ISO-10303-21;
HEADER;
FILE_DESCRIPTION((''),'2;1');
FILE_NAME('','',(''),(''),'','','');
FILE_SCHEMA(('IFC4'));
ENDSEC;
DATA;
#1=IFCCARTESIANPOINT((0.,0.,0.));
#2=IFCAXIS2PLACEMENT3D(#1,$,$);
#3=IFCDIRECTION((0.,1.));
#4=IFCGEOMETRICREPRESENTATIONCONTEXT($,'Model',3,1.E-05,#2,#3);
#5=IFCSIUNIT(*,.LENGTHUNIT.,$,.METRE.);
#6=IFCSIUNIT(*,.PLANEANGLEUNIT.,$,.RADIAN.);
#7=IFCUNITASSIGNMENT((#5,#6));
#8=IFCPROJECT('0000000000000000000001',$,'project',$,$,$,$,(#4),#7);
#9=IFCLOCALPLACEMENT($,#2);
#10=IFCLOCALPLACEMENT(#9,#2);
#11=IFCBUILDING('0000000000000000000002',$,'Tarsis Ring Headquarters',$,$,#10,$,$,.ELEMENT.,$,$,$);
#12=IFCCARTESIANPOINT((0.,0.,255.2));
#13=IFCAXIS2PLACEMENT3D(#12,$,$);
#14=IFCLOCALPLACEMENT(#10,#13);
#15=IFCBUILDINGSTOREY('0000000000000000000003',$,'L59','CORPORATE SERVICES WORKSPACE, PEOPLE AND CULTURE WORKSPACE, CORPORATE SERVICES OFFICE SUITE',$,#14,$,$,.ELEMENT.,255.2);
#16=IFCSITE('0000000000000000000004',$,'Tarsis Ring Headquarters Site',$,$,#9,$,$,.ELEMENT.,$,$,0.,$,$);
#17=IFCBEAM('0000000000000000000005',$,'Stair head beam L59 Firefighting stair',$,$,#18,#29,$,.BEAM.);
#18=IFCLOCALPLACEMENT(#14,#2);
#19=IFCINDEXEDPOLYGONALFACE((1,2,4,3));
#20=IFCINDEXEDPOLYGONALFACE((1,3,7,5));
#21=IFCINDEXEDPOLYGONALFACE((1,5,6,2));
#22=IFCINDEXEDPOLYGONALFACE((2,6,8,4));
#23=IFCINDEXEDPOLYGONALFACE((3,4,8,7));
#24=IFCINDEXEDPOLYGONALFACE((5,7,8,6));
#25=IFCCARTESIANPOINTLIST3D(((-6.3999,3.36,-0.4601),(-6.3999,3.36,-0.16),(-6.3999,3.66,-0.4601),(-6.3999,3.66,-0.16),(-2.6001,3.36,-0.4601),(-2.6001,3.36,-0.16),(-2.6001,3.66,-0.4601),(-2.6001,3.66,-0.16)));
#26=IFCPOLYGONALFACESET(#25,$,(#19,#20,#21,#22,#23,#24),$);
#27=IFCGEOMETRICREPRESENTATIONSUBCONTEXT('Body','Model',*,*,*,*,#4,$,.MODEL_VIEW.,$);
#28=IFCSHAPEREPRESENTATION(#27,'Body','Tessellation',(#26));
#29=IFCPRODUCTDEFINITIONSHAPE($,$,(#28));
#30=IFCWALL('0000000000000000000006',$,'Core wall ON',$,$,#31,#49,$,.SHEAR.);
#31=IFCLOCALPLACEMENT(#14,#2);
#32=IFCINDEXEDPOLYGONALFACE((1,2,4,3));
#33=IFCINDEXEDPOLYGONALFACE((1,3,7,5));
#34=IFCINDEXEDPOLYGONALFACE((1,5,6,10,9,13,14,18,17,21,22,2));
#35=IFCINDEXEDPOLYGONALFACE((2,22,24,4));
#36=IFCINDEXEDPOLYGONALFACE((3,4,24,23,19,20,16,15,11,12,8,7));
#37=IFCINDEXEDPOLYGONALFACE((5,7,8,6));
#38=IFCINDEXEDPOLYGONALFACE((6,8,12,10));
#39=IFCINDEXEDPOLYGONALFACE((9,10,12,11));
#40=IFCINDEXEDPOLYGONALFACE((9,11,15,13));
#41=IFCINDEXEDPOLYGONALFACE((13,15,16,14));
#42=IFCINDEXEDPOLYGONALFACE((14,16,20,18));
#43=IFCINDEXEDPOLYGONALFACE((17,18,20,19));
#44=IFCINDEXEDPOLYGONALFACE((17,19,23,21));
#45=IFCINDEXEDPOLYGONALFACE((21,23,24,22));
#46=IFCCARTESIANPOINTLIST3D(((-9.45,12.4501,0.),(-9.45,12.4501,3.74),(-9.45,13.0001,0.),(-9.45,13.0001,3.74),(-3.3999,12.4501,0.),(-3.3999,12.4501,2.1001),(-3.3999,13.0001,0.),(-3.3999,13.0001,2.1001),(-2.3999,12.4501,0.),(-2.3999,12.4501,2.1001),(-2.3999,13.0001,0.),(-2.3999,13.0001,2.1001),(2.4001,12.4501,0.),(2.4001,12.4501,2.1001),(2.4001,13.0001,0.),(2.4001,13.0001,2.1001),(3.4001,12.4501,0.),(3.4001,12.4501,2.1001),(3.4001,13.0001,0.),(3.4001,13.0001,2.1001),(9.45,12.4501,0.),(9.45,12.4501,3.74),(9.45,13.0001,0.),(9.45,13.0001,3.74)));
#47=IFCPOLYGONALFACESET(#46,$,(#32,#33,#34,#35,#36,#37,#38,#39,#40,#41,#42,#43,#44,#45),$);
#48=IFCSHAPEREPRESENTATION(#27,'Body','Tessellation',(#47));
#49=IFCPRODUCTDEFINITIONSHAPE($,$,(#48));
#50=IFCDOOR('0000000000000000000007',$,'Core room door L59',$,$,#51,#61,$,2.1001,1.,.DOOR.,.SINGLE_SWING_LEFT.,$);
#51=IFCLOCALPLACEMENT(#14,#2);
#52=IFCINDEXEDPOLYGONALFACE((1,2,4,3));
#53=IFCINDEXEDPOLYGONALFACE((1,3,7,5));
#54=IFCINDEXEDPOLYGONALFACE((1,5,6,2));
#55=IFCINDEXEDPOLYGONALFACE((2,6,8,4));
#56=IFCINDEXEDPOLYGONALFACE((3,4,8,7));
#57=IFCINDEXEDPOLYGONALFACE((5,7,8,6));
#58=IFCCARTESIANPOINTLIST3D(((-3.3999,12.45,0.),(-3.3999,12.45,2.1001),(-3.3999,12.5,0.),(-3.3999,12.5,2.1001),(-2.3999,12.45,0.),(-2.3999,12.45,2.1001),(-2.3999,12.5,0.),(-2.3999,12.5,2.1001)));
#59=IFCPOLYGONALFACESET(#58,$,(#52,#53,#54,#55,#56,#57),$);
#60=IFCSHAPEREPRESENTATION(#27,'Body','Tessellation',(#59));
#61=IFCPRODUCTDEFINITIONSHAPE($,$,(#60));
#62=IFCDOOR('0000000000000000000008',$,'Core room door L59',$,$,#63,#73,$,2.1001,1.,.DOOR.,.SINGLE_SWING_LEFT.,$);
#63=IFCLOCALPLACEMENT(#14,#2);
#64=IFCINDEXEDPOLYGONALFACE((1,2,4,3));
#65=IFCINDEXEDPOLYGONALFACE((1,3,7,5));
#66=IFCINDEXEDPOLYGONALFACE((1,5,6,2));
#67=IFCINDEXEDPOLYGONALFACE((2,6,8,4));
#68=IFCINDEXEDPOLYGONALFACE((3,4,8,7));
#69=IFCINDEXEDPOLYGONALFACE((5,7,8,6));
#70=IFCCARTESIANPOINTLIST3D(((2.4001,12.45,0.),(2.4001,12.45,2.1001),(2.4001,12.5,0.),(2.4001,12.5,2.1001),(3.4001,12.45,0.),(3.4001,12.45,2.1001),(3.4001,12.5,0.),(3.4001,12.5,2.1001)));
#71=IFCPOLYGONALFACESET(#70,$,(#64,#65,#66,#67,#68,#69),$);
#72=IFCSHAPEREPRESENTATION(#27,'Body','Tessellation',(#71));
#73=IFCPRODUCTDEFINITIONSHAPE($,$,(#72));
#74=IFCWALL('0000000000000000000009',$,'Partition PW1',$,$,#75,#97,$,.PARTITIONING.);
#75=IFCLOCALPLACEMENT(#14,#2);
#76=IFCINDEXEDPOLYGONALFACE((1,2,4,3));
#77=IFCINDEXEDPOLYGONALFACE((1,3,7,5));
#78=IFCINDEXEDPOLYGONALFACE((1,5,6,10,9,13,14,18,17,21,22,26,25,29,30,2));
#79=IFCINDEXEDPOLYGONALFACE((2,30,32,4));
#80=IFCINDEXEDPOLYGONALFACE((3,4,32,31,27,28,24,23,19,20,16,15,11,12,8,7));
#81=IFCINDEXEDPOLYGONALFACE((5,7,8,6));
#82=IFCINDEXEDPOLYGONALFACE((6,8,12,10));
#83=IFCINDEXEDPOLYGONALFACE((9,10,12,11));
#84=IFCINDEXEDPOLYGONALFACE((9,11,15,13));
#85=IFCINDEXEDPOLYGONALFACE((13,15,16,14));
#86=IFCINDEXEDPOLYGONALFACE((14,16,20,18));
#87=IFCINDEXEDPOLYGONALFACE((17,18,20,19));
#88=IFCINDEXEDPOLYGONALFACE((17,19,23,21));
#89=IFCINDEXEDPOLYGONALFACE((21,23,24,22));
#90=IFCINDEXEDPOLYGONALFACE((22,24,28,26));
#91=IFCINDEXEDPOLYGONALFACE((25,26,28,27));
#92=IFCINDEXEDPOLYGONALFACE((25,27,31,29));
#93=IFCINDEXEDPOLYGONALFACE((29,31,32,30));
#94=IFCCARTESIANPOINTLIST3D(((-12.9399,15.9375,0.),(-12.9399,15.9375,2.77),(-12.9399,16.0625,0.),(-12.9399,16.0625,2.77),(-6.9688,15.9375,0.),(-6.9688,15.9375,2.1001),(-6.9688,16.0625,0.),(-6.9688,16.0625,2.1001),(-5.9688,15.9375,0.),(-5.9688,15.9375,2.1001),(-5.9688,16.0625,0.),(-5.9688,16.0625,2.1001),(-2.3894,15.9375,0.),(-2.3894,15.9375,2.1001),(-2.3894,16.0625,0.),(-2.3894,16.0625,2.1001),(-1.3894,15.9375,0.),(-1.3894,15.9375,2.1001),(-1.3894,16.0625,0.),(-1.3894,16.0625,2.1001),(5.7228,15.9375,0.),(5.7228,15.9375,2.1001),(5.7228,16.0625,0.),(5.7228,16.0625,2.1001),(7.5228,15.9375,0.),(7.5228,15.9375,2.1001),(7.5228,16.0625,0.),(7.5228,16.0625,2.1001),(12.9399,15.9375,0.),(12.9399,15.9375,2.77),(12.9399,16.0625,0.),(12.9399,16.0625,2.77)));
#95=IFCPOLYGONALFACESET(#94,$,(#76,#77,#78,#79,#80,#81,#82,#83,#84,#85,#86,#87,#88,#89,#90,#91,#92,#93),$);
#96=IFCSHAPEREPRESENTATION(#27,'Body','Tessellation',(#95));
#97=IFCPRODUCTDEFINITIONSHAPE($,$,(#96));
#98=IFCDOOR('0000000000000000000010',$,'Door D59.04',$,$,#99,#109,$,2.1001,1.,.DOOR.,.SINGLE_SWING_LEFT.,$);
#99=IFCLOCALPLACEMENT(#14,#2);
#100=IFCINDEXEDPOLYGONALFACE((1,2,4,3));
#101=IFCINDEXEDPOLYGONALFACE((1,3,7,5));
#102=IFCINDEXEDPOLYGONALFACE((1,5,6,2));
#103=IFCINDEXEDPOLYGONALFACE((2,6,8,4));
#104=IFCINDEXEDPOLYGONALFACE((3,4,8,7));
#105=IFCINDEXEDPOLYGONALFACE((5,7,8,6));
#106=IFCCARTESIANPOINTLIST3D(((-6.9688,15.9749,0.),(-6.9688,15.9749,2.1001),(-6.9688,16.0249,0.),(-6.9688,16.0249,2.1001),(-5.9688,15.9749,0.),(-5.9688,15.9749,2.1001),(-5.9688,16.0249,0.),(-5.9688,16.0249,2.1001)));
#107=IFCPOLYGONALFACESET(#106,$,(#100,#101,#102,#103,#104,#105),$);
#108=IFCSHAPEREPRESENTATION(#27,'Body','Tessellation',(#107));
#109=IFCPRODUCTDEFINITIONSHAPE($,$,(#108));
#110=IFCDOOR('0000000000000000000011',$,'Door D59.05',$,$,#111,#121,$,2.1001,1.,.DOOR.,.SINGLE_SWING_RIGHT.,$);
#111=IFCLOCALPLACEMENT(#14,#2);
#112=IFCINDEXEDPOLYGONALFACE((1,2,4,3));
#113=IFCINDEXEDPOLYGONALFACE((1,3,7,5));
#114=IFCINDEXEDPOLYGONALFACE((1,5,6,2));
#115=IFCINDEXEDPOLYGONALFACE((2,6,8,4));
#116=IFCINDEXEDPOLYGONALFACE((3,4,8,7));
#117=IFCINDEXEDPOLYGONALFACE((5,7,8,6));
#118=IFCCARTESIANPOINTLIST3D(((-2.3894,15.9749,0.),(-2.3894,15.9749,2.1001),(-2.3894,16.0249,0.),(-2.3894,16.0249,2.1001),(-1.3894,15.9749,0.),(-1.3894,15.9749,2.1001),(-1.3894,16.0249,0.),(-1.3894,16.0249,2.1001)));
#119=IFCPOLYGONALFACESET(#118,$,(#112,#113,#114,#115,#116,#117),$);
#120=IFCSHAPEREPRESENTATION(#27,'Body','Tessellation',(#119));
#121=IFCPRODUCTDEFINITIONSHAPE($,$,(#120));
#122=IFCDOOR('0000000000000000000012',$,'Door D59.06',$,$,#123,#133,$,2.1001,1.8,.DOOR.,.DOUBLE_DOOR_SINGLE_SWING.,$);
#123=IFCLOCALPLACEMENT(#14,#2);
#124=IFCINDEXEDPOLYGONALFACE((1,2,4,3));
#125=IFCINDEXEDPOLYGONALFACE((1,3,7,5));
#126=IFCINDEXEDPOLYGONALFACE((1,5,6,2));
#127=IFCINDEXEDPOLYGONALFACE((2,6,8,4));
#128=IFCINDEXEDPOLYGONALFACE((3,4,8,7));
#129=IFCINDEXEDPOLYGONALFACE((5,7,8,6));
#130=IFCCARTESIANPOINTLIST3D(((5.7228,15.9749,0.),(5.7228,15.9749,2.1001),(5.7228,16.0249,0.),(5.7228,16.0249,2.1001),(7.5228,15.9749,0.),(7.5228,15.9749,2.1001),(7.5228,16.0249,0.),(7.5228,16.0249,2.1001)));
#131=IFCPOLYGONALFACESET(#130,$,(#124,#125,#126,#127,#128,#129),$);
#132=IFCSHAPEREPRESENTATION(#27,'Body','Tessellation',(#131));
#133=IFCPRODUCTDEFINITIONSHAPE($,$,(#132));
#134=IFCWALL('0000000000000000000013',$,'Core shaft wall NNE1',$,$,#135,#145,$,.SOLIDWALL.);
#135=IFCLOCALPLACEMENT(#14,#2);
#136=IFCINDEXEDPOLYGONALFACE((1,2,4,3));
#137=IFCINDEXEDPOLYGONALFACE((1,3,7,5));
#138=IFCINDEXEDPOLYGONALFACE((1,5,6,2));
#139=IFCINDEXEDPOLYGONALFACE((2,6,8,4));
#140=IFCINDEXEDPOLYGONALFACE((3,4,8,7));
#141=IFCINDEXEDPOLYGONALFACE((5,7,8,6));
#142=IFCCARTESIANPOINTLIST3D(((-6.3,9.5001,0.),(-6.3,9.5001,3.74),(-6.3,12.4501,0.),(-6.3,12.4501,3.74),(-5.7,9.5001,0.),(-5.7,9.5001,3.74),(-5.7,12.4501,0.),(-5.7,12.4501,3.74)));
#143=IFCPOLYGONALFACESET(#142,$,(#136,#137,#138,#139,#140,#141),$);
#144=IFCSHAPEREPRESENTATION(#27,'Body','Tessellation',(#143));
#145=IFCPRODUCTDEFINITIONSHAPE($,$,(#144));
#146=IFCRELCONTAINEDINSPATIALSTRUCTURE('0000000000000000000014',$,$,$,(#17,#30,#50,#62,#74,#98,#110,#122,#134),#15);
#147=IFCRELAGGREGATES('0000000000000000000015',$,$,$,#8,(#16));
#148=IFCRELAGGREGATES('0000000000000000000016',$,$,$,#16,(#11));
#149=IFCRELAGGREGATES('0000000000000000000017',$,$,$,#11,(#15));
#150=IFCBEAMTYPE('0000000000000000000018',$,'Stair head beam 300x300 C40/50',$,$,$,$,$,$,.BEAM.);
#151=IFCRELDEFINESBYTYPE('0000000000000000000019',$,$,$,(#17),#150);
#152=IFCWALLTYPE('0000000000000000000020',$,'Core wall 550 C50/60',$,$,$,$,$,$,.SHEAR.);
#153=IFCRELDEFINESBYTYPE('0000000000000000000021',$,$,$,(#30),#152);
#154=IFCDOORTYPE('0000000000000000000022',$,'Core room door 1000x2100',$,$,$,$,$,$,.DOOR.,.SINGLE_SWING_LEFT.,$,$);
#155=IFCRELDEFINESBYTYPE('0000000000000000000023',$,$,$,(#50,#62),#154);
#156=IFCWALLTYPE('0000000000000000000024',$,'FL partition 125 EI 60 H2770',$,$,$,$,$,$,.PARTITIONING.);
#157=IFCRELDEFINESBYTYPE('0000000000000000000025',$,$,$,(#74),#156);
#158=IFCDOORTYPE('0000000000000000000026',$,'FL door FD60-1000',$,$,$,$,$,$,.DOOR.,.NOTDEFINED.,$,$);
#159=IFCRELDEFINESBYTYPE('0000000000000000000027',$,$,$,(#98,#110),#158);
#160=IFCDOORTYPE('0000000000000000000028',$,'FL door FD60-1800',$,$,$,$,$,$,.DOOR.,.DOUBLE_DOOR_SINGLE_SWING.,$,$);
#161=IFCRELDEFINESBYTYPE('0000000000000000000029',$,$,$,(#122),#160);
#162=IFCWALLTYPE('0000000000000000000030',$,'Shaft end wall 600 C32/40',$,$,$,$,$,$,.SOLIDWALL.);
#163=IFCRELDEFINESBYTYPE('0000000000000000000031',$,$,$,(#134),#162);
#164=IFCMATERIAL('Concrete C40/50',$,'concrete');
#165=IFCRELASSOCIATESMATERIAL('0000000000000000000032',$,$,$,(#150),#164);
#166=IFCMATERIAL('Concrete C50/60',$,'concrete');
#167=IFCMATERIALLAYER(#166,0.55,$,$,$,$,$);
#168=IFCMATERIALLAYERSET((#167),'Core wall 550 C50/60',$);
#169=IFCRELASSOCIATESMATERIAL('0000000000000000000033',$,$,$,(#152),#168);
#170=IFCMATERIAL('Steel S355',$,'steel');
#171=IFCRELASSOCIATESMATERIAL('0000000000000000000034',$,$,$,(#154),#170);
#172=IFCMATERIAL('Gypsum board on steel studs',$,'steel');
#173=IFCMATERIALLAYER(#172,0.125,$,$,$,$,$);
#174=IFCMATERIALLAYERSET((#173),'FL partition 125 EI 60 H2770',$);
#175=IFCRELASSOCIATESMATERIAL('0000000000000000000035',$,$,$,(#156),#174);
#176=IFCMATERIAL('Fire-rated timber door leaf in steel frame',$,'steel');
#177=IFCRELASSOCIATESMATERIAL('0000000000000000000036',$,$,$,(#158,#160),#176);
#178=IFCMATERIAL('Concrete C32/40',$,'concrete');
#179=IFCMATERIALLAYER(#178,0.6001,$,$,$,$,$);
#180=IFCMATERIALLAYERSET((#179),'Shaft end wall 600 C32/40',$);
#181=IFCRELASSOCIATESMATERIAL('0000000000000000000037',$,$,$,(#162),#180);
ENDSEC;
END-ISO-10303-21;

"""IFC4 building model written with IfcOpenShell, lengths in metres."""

from ifc_helpers import new_model, si_unit, direction, frame, frame_2d, origin, origin_2d, place, context, subcontext, project, spatial, rectangle, extrude, material, layer, layer_set, material_profile, profile_set, type_object, element, fill, save


model = new_model("IFC4")

# Units and contexts
model_context = context("Model", 3, precision=1e-05, world=origin(), true_north=direction((0.0, 1.0)))
body_context = subcontext(model_context, "Body", "Model", "MODEL_VIEW")
ifc_project = project(units=[si_unit("LENGTHUNIT", "METRE"), si_unit("PLANEANGLEUNIT", "RADIAN")], contexts=[model_context])

# Site, building, storey
site_placement = place(None, origin())
site = spatial("IfcSite", under=ifc_project, at=site_placement, Name="Tarsis Ring Headquarters Site", CompositionType="ELEMENT", RefElevation=0.0)
building_placement = place(site_placement, origin())
building = spatial("IfcBuilding", under=site, at=building_placement, Name="Tarsis Ring Headquarters", CompositionType="ELEMENT")
storey_placement = place(building_placement, frame((0.0, 0.0, 255.2)))
storey = spatial("IfcBuildingStorey", under=building, at=storey_placement, Name="L59", Description="CORPORATE SERVICES WORKSPACE, PEOPLE AND CULTURE WORKSPACE, CORPORATE SERVICES OFFICE SUITE", CompositionType="ELEMENT", Elevation=255.2)

# Beam
ifc_material_1 = material(Name="Concrete C40/50", Category="concrete")
ifc_material_profile = material_profile(ifc_material_1, rectangle(XDim=0.3, YDim=0.3, at=origin_2d()), Name="Stair head beam 300x300 C40/50")
ifc_profile_set = profile_set([ifc_material_profile], Name="Concrete C40/50")
beam_type = type_object("IfcBeamType", Name="Stair head beam 300x300 C40/50", PredefinedType="BEAM", material=ifc_profile_set)
beam_placement = place(storey_placement, frame((-6.3999, 3.51, -0.3101), z_axis=(1.0, 0.0, 0.0), x_axis=(0.0, 1.0, 0.0)))
element("IfcBeam", 1, at=beam_placement, inside=storey, type_object=beam_type, Name="Stair head beam L59 Firefighting stair", PredefinedType="BEAM", context=body_context, shape_type="SweptSolid", body=[
    extrude(rectangle(XDim=0.3, YDim=0.3, at=origin_2d()), origin(), (0.0, 0.0, 1.0), 3.7998),
])

# Walls, openings, doors
ifc_material_2 = material(Name="Concrete C50/60", Category="concrete")
ifc_layer_1 = layer(ifc_material_2, 0.55)
ifc_layer_set_1 = layer_set([ifc_layer_1], Name="Core wall 550 C50/60")
wall_type_1 = type_object("IfcWallType", Name="Core wall 550 C50/60", PredefinedType="SHEAR", material=ifc_layer_set_1)
wall_1_placement = place(storey_placement, frame((-9.45, 12.7251, 0.0), z_axis=(0.0, 0.0, 1.0), x_axis=(1.0, 0.0, 0.0)))
wall_1 = element("IfcWall", 2, at=wall_1_placement, inside=storey, type_object=wall_type_1, Name="Core wall ON", PredefinedType="SHEAR", context=body_context, shape_type="SweptSolid", body=[
    extrude(rectangle(XDim=18.8999, YDim=0.55, at=frame_2d((9.45, 0.0))), origin(), (0.0, 0.0, 1.0), 3.74),
])
opening_1_placement = place(wall_1_placement, frame((6.05, 0.0, 0.0)))
opening_1 = element("IfcOpeningElement", 3, at=opening_1_placement, cuts=wall_1, PredefinedType="OPENING", context=body_context, shape_type="SweptSolid", body=[
    extrude(rectangle(XDim=1.0, YDim=2.1001, at=frame_2d((0.5, 1.05))), frame((0.0, 0.2849, 0.0), z_axis=(0.0, -1.0, 0.0), x_axis=(1.0, 0.0, 0.0)), (0.0, 0.0, 1.0), 0.5701),
])
opening_2_placement = place(wall_1_placement, frame((11.8501, 0.0, 0.0)))
opening_2 = element("IfcOpeningElement", 4, at=opening_2_placement, cuts=wall_1, PredefinedType="OPENING", context=body_context, shape_type="SweptSolid", body=[
    extrude(rectangle(XDim=1.0, YDim=2.1001, at=frame_2d((0.5, 1.05))), frame((0.0, 0.2849, 0.0), z_axis=(0.0, -1.0, 0.0), x_axis=(1.0, 0.0, 0.0)), (0.0, 0.0, 1.0), 0.5701),
])
ifc_material_3 = material(Name="Steel S355", Category="steel")
door_type_1 = type_object("IfcDoorType", Name="Core room door 1000x2100", OperationType="SINGLE_SWING_LEFT", PredefinedType="DOOR", material=ifc_material_3)
door_1_placement = place(opening_1_placement, origin())
door_1 = element("IfcDoor", 5, at=door_1_placement, inside=storey, type_object=door_type_1, Name="Core room door L59", OperationType="SINGLE_SWING_LEFT", OverallHeight=2.1001, OverallWidth=1.0, PredefinedType="DOOR", context=body_context, shape_type="SweptSolid", body=[
    extrude(rectangle(XDim=1.0, YDim=2.1001, at=frame_2d((0.5, 1.05))), frame((0.0, -0.2251, 0.0), z_axis=(0.0, -1.0, 0.0), x_axis=(1.0, 0.0, 0.0)), (0.0, 0.0, 1.0), 0.05),
])
fill(opening_1, door_1)
door_2_placement = place(opening_2_placement, origin())
door_2 = element("IfcDoor", 6, at=door_2_placement, inside=storey, type_object=door_type_1, Name="Core room door L59", OperationType="SINGLE_SWING_LEFT", OverallHeight=2.1001, OverallWidth=1.0, PredefinedType="DOOR", context=body_context, shape_type="SweptSolid", body=[
    extrude(rectangle(XDim=1.0, YDim=2.1001, at=frame_2d((0.5, 1.05))), frame((0.0, -0.2251, 0.0), z_axis=(0.0, -1.0, 0.0), x_axis=(1.0, 0.0, 0.0)), (0.0, 0.0, 1.0), 0.05),
])
fill(opening_2, door_2)
ifc_material_4 = material(Name="Gypsum board on steel studs", Category="steel")
ifc_layer_2 = layer(ifc_material_4, 0.125)
ifc_layer_set_2 = layer_set([ifc_layer_2], Name="FL partition 125 EI 60 H2770")
wall_type_2 = type_object("IfcWallType", Name="FL partition 125 EI 60 H2770", PredefinedType="PARTITIONING", material=ifc_layer_set_2)
wall_2_placement = place(storey_placement, frame((-12.9399, 16.0, 0.0), z_axis=(0.0, 0.0, 1.0), x_axis=(1.0, 0.0, 0.0)))
wall_2 = element("IfcWall", 7, at=wall_2_placement, inside=storey, type_object=wall_type_2, Name="Partition PW1", PredefinedType="PARTITIONING", context=body_context, shape_type="SweptSolid", body=[
    extrude(rectangle(XDim=25.8799, YDim=0.125, at=frame_2d((12.9399, 0.0))), origin(), (0.0, 0.0, 1.0), 2.77),
])
opening_3_placement = place(wall_2_placement, frame((5.9712, 0.0, 0.0)))
opening_3 = element("IfcOpeningElement", 8, at=opening_3_placement, cuts=wall_2, PredefinedType="OPENING", context=body_context, shape_type="SweptSolid", body=[
    extrude(rectangle(XDim=1.0, YDim=2.1001, at=frame_2d((0.5, 1.05))), frame((0.0, 0.0725, 0.0), z_axis=(0.0, -1.0, 0.0), x_axis=(1.0, 0.0, 0.0)), (0.0, 0.0, 1.0), 0.145),
])
opening_4_placement = place(wall_2_placement, frame((10.5505, 0.0, 0.0)))
opening_4 = element("IfcOpeningElement", 9, at=opening_4_placement, cuts=wall_2, PredefinedType="OPENING", context=body_context, shape_type="SweptSolid", body=[
    extrude(rectangle(XDim=1.0, YDim=2.1001, at=frame_2d((0.5, 1.05))), frame((0.0, 0.0725, 0.0), z_axis=(0.0, -1.0, 0.0), x_axis=(1.0, 0.0, 0.0)), (0.0, 0.0, 1.0), 0.145),
])
opening_5_placement = place(wall_2_placement, frame((18.6628, 0.0, 0.0)))
opening_5 = element("IfcOpeningElement", 10, at=opening_5_placement, cuts=wall_2, PredefinedType="OPENING", context=body_context, shape_type="SweptSolid", body=[
    extrude(rectangle(XDim=1.8, YDim=2.1001, at=frame_2d((0.8999, 1.05))), frame((0.0, 0.0725, 0.0), z_axis=(0.0, -1.0, 0.0), x_axis=(1.0, 0.0, 0.0)), (0.0, 0.0, 1.0), 0.145),
])
ifc_material_5 = material(Name="Fire-rated timber door leaf in steel frame", Category="steel")
door_type_2 = type_object("IfcDoorType", Name="FL door FD60-1000", OperationType="NOTDEFINED", PredefinedType="DOOR", material=ifc_material_5)
door_3_placement = place(opening_3_placement, origin())
door_3 = element("IfcDoor", 11, at=door_3_placement, inside=storey, type_object=door_type_2, Name="Door D59.04", OperationType="SINGLE_SWING_LEFT", OverallHeight=2.1001, OverallWidth=1.0, PredefinedType="DOOR", context=body_context, shape_type="SweptSolid", body=[
    extrude(rectangle(XDim=1.0, YDim=2.1001, at=frame_2d((0.5, 1.05))), frame((0.0, 0.0249, 0.0), z_axis=(0.0, -1.0, 0.0), x_axis=(1.0, 0.0, 0.0)), (0.0, 0.0, 1.0), 0.05),
])
fill(opening_3, door_3)
door_4_placement = place(opening_4_placement, origin())
door_4 = element("IfcDoor", 12, at=door_4_placement, inside=storey, type_object=door_type_2, Name="Door D59.05", OperationType="SINGLE_SWING_RIGHT", OverallHeight=2.1001, OverallWidth=1.0, PredefinedType="DOOR", context=body_context, shape_type="SweptSolid", body=[
    extrude(rectangle(XDim=1.0, YDim=2.1001, at=frame_2d((0.5, 1.05))), frame((0.0, 0.0249, 0.0), z_axis=(0.0, -1.0, 0.0), x_axis=(1.0, 0.0, 0.0)), (0.0, 0.0, 1.0), 0.05),
])
fill(opening_4, door_4)
door_type_3 = type_object("IfcDoorType", Name="FL door FD60-1800", OperationType="DOUBLE_DOOR_SINGLE_SWING", PredefinedType="DOOR", material=ifc_material_5)
door_5_placement = place(opening_5_placement, origin())
door_5 = element("IfcDoor", 13, at=door_5_placement, inside=storey, type_object=door_type_3, Name="Door D59.06", OperationType="DOUBLE_DOOR_SINGLE_SWING", OverallHeight=2.1001, OverallWidth=1.8, PredefinedType="DOOR", context=body_context, shape_type="SweptSolid", body=[
    extrude(rectangle(XDim=1.8, YDim=2.1001, at=frame_2d((0.8999, 1.05))), frame((0.0, 0.0249, 0.0), z_axis=(0.0, -1.0, 0.0), x_axis=(1.0, 0.0, 0.0)), (0.0, 0.0, 1.0), 0.05),
])
fill(opening_5, door_5)

# Wall
ifc_material_6 = material(Name="Concrete C32/40", Category="concrete")
ifc_layer_3 = layer(ifc_material_6, 0.6001)
ifc_layer_set_3 = layer_set([ifc_layer_3], Name="Shaft end wall 600 C32/40")
wall_type_3 = type_object("IfcWallType", Name="Shaft end wall 600 C32/40", PredefinedType="SOLIDWALL", material=ifc_layer_set_3)
wall_3_placement = place(storey_placement, frame((-6.0, 9.5, 0.0), z_axis=(0.0, 0.0, 1.0), x_axis=(0.0, 1.0, 0.0)))
element("IfcWall", 14, at=wall_3_placement, inside=storey, type_object=wall_type_3, Name="Core shaft wall NNE1", PredefinedType="SOLIDWALL", context=body_context, shape_type="SweptSolid", body=[
    extrude(rectangle(XDim=2.95, YDim=0.6001, at=frame_2d((1.4751, 0.0))), origin(), (0.0, 0.0, 1.0), 3.74),
])

save(model, "model.ifc")
